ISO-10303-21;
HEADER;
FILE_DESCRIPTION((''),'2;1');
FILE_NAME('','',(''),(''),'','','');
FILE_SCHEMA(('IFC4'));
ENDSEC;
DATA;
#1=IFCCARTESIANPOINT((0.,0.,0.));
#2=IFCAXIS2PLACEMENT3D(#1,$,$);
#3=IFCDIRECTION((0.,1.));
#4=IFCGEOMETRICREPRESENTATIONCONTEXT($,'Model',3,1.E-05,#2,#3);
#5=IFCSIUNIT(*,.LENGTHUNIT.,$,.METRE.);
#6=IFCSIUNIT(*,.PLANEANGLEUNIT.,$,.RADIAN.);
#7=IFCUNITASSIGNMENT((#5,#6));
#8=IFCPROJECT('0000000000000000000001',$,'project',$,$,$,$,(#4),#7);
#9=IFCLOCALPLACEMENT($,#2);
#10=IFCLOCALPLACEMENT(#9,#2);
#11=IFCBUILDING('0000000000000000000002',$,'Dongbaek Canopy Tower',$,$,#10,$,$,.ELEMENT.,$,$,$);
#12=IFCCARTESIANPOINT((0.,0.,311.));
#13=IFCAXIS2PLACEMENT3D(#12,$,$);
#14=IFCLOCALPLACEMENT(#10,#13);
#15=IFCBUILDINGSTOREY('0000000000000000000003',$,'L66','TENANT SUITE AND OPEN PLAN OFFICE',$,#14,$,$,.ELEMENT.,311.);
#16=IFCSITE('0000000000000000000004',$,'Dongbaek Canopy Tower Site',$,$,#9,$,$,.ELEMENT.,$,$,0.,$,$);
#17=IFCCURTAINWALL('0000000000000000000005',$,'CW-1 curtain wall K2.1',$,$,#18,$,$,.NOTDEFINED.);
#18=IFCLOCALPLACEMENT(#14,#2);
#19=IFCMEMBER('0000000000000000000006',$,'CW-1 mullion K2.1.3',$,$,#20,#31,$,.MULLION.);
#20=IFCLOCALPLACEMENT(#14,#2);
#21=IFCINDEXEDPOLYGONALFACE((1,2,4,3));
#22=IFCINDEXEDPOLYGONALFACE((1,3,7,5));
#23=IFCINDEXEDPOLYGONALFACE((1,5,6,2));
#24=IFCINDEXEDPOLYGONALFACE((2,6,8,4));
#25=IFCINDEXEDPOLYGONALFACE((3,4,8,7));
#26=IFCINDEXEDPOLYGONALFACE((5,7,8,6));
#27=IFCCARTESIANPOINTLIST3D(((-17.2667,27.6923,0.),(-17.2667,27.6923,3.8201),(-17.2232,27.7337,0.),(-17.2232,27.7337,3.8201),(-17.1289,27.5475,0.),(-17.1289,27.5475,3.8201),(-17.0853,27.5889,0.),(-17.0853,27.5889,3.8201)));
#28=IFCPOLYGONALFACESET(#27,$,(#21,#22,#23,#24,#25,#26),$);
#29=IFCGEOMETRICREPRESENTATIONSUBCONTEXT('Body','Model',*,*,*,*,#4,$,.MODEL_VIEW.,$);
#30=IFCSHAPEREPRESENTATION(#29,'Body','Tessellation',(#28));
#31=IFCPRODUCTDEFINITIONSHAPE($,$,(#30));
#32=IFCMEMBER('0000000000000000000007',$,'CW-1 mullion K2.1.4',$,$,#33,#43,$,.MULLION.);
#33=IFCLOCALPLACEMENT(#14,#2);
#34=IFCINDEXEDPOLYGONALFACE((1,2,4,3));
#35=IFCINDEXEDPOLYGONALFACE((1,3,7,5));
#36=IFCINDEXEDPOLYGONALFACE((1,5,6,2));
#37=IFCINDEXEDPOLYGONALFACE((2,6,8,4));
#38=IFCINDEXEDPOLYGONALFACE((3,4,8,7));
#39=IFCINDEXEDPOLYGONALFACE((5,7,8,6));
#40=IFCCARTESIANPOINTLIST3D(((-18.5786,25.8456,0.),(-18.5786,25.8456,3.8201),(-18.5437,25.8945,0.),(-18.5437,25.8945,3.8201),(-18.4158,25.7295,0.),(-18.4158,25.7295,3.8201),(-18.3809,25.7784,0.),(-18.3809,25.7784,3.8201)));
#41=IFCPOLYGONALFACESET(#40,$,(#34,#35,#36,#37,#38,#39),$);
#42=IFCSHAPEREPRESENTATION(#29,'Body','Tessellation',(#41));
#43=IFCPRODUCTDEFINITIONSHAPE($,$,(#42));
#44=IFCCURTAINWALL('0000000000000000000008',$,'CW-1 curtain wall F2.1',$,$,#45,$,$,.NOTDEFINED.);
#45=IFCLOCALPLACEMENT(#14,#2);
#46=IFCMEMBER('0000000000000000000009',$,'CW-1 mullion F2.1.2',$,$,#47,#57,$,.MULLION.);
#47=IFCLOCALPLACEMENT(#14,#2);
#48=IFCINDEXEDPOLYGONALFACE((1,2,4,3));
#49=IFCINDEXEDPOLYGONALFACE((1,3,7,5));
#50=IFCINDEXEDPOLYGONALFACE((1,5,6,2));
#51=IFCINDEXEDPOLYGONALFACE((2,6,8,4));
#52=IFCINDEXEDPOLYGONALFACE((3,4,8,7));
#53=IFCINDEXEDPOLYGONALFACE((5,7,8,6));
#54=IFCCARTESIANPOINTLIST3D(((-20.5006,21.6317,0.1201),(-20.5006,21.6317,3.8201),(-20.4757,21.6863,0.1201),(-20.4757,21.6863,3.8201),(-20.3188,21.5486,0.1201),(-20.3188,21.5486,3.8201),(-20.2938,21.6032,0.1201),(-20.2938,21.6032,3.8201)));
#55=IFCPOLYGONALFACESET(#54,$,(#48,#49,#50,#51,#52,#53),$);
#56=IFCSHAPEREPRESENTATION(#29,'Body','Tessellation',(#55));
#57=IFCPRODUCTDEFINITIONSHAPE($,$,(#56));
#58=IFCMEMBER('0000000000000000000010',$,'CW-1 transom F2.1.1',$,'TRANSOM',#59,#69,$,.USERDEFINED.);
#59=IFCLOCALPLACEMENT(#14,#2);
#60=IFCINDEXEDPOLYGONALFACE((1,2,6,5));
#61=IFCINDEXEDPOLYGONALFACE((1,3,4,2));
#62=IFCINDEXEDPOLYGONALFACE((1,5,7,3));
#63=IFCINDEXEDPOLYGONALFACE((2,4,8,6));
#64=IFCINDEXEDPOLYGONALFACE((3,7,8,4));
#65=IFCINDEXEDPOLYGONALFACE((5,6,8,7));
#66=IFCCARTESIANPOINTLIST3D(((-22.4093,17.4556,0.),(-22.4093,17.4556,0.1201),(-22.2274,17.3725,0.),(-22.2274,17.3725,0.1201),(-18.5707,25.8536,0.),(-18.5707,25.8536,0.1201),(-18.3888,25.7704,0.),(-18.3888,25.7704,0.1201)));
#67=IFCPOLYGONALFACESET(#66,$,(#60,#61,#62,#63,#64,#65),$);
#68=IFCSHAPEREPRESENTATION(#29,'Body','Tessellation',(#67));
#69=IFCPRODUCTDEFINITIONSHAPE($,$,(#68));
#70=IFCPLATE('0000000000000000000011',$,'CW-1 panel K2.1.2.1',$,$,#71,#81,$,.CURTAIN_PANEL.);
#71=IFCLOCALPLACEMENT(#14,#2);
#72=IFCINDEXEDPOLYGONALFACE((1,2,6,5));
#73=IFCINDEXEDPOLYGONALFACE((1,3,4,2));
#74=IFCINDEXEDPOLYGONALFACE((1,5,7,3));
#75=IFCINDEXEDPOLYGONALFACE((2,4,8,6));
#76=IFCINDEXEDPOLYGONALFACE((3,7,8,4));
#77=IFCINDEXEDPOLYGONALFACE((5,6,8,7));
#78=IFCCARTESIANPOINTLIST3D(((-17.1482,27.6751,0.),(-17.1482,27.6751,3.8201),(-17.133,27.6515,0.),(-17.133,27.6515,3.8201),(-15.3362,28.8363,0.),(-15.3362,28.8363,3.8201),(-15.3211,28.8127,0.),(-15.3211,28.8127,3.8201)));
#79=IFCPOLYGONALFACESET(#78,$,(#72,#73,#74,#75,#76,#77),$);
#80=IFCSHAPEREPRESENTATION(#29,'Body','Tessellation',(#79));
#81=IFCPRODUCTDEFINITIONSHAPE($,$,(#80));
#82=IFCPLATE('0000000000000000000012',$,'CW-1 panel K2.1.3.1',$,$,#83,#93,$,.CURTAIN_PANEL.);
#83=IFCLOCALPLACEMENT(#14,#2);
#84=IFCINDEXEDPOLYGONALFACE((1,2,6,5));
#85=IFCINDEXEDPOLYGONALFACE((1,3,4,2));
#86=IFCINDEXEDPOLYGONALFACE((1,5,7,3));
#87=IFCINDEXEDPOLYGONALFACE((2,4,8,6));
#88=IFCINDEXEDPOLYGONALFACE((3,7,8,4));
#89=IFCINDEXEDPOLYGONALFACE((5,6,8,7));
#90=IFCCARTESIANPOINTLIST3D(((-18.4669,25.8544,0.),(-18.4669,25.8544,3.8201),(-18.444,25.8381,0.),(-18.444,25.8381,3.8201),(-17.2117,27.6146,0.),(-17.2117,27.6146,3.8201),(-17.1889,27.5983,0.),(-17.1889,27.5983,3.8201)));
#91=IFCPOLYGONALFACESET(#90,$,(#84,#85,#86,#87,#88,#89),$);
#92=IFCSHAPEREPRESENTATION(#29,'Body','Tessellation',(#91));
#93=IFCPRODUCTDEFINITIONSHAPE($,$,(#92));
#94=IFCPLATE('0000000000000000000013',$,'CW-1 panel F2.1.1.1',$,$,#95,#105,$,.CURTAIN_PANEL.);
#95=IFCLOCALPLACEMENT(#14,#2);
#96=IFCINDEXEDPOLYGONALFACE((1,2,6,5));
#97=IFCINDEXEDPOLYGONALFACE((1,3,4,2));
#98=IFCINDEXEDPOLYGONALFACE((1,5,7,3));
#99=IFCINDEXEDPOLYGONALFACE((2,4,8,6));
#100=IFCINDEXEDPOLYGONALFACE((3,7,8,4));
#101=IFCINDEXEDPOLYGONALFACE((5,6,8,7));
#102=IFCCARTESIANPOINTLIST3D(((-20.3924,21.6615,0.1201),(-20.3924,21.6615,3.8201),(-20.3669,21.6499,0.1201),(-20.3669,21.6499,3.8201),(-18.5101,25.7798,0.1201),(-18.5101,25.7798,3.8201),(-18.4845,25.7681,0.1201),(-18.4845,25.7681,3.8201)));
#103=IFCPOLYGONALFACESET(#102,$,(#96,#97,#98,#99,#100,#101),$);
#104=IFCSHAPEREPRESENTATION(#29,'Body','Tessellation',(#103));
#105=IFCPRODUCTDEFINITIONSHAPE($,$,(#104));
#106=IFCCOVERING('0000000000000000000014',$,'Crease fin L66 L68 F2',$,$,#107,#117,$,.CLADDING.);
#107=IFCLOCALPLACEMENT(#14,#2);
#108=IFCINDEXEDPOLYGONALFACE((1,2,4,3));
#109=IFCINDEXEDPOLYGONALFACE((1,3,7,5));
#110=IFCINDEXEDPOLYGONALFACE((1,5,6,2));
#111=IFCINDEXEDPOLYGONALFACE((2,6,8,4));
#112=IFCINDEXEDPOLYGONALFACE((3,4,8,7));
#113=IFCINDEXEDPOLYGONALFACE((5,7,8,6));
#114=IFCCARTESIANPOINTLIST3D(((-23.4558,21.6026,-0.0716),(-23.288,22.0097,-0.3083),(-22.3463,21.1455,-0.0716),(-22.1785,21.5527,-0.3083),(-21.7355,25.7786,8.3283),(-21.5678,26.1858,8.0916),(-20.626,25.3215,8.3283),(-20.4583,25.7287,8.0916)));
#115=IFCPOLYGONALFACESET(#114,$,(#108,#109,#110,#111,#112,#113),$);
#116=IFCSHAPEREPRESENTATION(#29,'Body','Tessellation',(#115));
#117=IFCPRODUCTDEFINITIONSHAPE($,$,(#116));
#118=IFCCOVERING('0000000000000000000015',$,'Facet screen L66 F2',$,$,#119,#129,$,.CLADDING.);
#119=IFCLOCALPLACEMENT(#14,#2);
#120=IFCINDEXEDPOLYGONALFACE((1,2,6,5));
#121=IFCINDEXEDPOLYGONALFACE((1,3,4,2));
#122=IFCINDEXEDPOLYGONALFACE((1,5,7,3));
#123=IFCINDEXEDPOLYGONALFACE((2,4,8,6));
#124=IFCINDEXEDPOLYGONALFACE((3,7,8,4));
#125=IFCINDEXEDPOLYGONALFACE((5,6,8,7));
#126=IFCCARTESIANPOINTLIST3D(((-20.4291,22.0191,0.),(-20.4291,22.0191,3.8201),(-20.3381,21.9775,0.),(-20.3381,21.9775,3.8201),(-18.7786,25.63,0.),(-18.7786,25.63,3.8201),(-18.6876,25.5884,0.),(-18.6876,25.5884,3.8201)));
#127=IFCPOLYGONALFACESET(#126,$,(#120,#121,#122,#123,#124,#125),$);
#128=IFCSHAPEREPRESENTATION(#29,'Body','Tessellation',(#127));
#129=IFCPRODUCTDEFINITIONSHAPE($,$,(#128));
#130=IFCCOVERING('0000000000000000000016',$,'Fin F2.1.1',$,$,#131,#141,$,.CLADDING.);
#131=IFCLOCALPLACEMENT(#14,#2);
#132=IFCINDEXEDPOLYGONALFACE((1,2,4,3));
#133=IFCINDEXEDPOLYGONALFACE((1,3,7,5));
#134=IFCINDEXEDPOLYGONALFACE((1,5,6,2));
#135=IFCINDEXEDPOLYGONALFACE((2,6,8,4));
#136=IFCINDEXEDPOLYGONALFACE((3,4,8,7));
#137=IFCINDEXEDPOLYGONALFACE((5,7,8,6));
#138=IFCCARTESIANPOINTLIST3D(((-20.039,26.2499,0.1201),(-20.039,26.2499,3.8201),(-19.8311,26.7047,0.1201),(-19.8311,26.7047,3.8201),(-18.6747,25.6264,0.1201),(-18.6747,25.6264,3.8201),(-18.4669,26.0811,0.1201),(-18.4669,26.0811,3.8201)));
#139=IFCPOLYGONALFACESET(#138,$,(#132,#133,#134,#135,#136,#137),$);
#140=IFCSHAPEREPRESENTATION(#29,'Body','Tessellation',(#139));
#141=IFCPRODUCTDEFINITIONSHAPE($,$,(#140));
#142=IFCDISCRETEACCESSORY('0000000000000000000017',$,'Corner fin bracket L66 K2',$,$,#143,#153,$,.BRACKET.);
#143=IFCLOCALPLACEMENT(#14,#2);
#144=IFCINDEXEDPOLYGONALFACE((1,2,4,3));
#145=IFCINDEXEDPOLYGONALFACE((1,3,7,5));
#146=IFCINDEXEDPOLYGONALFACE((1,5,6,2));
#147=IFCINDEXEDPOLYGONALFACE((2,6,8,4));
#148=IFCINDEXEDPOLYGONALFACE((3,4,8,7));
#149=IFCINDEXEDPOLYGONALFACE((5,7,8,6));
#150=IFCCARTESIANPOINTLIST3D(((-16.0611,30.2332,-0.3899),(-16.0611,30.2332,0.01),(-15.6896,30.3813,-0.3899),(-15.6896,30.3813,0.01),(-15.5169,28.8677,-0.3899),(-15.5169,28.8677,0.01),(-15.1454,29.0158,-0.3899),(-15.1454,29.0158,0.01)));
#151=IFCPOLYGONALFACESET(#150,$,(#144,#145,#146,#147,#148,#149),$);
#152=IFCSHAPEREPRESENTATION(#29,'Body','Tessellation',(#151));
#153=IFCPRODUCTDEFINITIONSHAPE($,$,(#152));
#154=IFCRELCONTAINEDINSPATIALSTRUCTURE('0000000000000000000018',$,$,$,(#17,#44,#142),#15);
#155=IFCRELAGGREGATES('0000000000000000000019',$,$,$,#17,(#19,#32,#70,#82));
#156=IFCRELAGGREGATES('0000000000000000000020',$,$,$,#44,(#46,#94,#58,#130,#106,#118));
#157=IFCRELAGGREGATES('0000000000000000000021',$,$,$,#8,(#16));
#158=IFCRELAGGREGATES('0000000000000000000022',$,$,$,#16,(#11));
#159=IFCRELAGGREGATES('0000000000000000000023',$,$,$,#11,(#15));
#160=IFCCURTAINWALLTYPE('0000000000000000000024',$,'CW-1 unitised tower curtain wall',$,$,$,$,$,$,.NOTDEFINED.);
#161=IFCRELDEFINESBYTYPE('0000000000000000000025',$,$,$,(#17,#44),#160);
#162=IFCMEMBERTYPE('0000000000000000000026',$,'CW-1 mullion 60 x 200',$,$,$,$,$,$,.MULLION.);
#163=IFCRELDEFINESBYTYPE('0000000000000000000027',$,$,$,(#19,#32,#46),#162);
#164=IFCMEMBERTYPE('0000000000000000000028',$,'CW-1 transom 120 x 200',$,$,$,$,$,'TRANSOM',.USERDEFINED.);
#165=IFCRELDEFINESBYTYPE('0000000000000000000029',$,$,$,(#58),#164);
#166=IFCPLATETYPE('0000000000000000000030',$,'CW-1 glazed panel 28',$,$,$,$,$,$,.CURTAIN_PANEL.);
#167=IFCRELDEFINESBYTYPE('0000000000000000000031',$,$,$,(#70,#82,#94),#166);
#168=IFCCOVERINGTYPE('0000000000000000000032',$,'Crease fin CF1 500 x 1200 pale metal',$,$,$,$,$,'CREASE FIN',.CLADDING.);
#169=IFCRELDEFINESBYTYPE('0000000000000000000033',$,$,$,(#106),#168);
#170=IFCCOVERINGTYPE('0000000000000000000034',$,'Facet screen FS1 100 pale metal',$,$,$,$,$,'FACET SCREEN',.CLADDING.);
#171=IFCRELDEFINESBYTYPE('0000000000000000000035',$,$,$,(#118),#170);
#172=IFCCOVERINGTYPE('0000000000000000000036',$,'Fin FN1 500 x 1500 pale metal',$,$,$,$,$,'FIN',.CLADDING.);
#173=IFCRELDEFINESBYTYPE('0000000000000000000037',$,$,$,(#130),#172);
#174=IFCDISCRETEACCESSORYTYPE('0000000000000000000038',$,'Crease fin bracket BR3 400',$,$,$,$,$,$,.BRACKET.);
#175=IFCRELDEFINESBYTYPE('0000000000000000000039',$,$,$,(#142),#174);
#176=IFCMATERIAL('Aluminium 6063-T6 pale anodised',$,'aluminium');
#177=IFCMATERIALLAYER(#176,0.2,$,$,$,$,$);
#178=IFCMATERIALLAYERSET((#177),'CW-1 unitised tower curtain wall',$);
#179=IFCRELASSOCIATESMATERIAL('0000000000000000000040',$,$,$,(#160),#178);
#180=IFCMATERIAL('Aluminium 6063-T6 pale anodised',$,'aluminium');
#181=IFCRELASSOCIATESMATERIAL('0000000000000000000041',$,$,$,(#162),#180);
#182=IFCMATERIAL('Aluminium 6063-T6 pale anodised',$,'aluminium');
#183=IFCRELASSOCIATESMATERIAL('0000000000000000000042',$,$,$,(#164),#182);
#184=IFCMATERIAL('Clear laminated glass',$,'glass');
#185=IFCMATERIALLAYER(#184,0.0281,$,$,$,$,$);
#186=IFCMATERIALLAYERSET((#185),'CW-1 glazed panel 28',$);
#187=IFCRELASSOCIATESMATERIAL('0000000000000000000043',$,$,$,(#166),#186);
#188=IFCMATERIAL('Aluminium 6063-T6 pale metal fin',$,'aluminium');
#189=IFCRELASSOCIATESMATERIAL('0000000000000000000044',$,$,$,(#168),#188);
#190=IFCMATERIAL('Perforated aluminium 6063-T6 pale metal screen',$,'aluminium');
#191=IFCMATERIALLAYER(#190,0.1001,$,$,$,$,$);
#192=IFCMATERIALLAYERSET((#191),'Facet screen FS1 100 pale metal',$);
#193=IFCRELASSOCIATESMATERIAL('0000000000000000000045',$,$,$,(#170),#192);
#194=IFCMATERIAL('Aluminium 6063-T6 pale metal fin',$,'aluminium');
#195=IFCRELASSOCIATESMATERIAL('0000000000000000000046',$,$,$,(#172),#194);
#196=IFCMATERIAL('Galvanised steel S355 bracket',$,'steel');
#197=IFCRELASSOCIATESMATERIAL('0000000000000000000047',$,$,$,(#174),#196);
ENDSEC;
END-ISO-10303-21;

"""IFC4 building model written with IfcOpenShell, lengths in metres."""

from ifc_helpers import new_model, si_unit, direction, frame, origin, origin_2d, place, context, subcontext, project, spatial, rectangle, extrude, material, layer, layer_set, material_profile, profile_set, type_object, element, aggregate, save


model = new_model("IFC4")

# Units and contexts
model_context = context("Model", 3, precision=1e-05, world=origin(), true_north=direction((0.0, 1.0)))
body_context = subcontext(model_context, "Body", "Model", "MODEL_VIEW")
ifc_project = project(units=[si_unit("LENGTHUNIT", "METRE"), si_unit("PLANEANGLEUNIT", "RADIAN")], contexts=[model_context])

# Site, building, storey
site_placement = place(None, origin())
site = spatial("IfcSite", under=ifc_project, at=site_placement, Name="Dongbaek Canopy Tower Site", CompositionType="ELEMENT", RefElevation=0.0)
building_placement = place(site_placement, origin())
building = spatial("IfcBuilding", under=site, at=building_placement, Name="Dongbaek Canopy Tower", CompositionType="ELEMENT")
storey_placement = place(building_placement, frame((0.0, 0.0, 311.0)))
storey = spatial("IfcBuildingStorey", under=building, at=storey_placement, Name="L66", Description="TENANT SUITE AND OPEN PLAN OFFICE", CompositionType="ELEMENT", Elevation=311.0)

# Curtain walls, members
ifc_material_1 = material(Name="Aluminium 6063-T6 pale anodised", Category="aluminium")
ifc_layer_1 = layer(ifc_material_1, 0.2)
ifc_layer_set_1 = layer_set([ifc_layer_1], Name="CW-1 unitised tower curtain wall")
curtain_wall_type = type_object("IfcCurtainWallType", Name="CW-1 unitised tower curtain wall", PredefinedType="NOTDEFINED", material=ifc_layer_set_1)
curtain_wall_1_placement = place(storey_placement, origin())
curtain_wall_1 = element("IfcCurtainWall", 1, at=curtain_wall_1_placement, inside=storey, type_object=curtain_wall_type, Name="CW-1 curtain wall K2.1", PredefinedType="NOTDEFINED")
ifc_material_2 = material(Name="Aluminium 6063-T6 pale anodised", Category="aluminium")
ifc_material_profile_1 = material_profile(ifc_material_2, rectangle(XDim=0.2, YDim=0.0601, at=origin_2d()), Name="CW-1 mullion 60 x 200")
ifc_profile_set_1 = profile_set([ifc_material_profile_1], Name="Aluminium 6063-T6 pale anodised")
member_type_1 = type_object("IfcMemberType", Name="CW-1 mullion 60 x 200", PredefinedType="MULLION", material=ifc_profile_set_1)
member_1_placement = place(storey_placement, frame((-17.176, 27.6406, 0.0), z_axis=(0.0, 0.0, 1.0), x_axis=(-0.689395, 0.724386, 0.0)))
member_1 = element("IfcMember", 2, at=member_1_placement, type_object=member_type_1, Name="CW-1 mullion K2.1.3", PredefinedType="MULLION", context=body_context, shape_type="SweptSolid", body=[
    extrude(rectangle(XDim=0.2, YDim=0.0601, at=origin_2d()), origin(), (0.0, 0.0, 1.0), 3.8201),
])
member_2_placement = place(storey_placement, frame((-18.4797, 25.812, 0.0), z_axis=(0.0, 0.0, 1.0), x_axis=(-0.814207, 0.580575, 0.0)))
member_2 = element("IfcMember", 3, at=member_2_placement, type_object=member_type_1, Name="CW-1 mullion K2.1.4", PredefinedType="MULLION", context=body_context, shape_type="SweptSolid", body=[
    extrude(rectangle(XDim=0.2, YDim=0.0601, at=origin_2d()), origin(), (0.0, 0.0, 1.0), 3.8201),
])
curtain_wall_2_placement = place(storey_placement, origin())
curtain_wall_2 = element("IfcCurtainWall", 4, at=curtain_wall_2_placement, inside=storey, type_object=curtain_wall_type, Name="CW-1 curtain wall F2.1", PredefinedType="NOTDEFINED")
member_3_placement = place(storey_placement, frame((-20.3972, 21.6174, 0.1201), z_axis=(0.0, 0.0, 1.0), x_axis=(-0.909496, 0.415713, 0.0)))
member_3 = element("IfcMember", 5, at=member_3_placement, type_object=member_type_1, Name="CW-1 mullion F2.1.2", PredefinedType="MULLION", context=body_context, shape_type="SweptSolid", body=[
    extrude(rectangle(XDim=0.2, YDim=0.0601, at=origin_2d()), origin(), (0.0, 0.0, 1.0), 3.7),
])
ifc_material_3 = material(Name="Aluminium 6063-T6 pale anodised", Category="aluminium")
ifc_material_profile_2 = material_profile(ifc_material_3, rectangle(XDim=0.2, YDim=0.1201, at=origin_2d()), Name="CW-1 transom 120 x 200")
ifc_profile_set_2 = profile_set([ifc_material_profile_2], Name="Aluminium 6063-T6 pale anodised")
member_type_2 = type_object("IfcMemberType", Name="CW-1 transom 120 x 200", ElementType="TRANSOM", PredefinedType="USERDEFINED", material=ifc_profile_set_2)
member_4_placement = place(storey_placement, frame((-18.4797, 25.812, 0.0601), z_axis=(-0.41572, -0.909492, 0.0), x_axis=(0.909492, -0.41572, 0.0)))
member_4 = element("IfcMember", 6, at=member_4_placement, type_object=member_type_2, Name="CW-1 transom F2.1.1", ObjectType="TRANSOM", PredefinedType="USERDEFINED", context=body_context, shape_type="SweptSolid", body=[
    extrude(rectangle(XDim=0.2, YDim=0.1201, at=origin_2d()), origin(), (0.0, 0.0, 1.0), 9.2336),
])

# Plates
ifc_material_4 = material(Name="Clear laminated glass", Category="glass")
ifc_layer_2 = layer(ifc_material_4, 0.0281)
ifc_layer_set_2 = layer_set([ifc_layer_2], Name="CW-1 glazed panel 28")
plate_type = type_object("IfcPlateType", Name="CW-1 glazed panel 28", PredefinedType="CURTAIN_PANEL", material=ifc_layer_set_2)
plate_1_placement = place(storey_placement, frame((-16.2346, 28.2439, 0.0), z_axis=(0.0, 0.0, 1.0), x_axis=(-0.841931, -0.539586, 0.0)))
plate_1 = element("IfcPlate", 7, at=plate_1_placement, type_object=plate_type, Name="CW-1 panel K2.1.2.1", PredefinedType="CURTAIN_PANEL", context=body_context, shape_type="SweptSolid", body=[
    extrude(rectangle(XDim=2.1521, YDim=0.0281, at=origin_2d()), origin(), (0.0, 0.0, 1.0), 3.8201),
])
plate_2_placement = place(storey_placement, frame((-17.8279, 26.7263, 0.0), z_axis=(0.0, 0.0, 1.0), x_axis=(-0.580575, -0.814207, 0.0)))
plate_2 = element("IfcPlate", 8, at=plate_2_placement, type_object=plate_type, Name="CW-1 panel K2.1.3.1", PredefinedType="CURTAIN_PANEL", context=body_context, shape_type="SweptSolid", body=[
    extrude(rectangle(XDim=2.1619, YDim=0.0281, at=origin_2d()), origin(), (0.0, 0.0, 1.0), 3.8201),
])
aggregate(curtain_wall_1, [member_1, member_2, plate_1, plate_2])
plate_3_placement = place(storey_placement, frame((-19.4385, 23.7148, 0.1201), z_axis=(0.0, 0.0, 1.0), x_axis=(-0.415713, -0.909496, 0.0)))
plate_3 = element("IfcPlate", 9, at=plate_3_placement, type_object=plate_type, Name="CW-1 panel F2.1.1.1", PredefinedType="CURTAIN_PANEL", context=body_context, shape_type="SweptSolid", body=[
    extrude(rectangle(XDim=4.5281, YDim=0.0281, at=origin_2d()), origin(), (0.0, 0.0, 1.0), 3.7),
])

# Coverings
ifc_material_5 = material(Name="Aluminium 6063-T6 pale metal fin", Category="aluminium")
ifc_material_profile_3 = material_profile(ifc_material_5, rectangle(XDim=1.2, YDim=0.5, at=origin_2d()), Name="Crease fin CF1 500 x 1200 pale metal")
ifc_profile_set_3 = profile_set([ifc_material_profile_3], Name="Aluminium 6063-T6 pale metal fin")
covering_type_1 = type_object("IfcCoveringType", Name="Crease fin CF1 500 x 1200 pale metal", ElementType="CREASE FIN", PredefinedType="CLADDING", material=ifc_profile_set_3)
covering_1_placement = place(storey_placement, frame((-22.8171, 21.5776, -0.1899), z_axis=(0.18037, 0.437871, 0.880759), x_axis=(-0.924625, 0.380878, 0.0)))
covering_1 = element("IfcCovering", 10, at=covering_1_placement, type_object=covering_type_1, Name="Crease fin L66 L68 F2", PredefinedType="CLADDING", context=body_context, shape_type="SweptSolid", body=[
    extrude(rectangle(XDim=1.2, YDim=0.5, at=origin_2d()), origin(), (0.0, 0.0, 1.0), 9.5371),
])
ifc_material_6 = material(Name="Perforated aluminium 6063-T6 pale metal screen", Category="aluminium")
ifc_layer_3 = layer(ifc_material_6, 0.1001)
ifc_layer_set_3 = layer_set([ifc_layer_3], Name="Facet screen FS1 100 pale metal")
covering_type_2 = type_object("IfcCoveringType", Name="Facet screen FS1 100 pale metal", ElementType="FACET SCREEN", PredefinedType="CLADDING", material=ifc_layer_set_3)
covering_2_placement = place(storey_placement, frame((-19.5583, 23.8037, 0.0), z_axis=(0.0, 0.0, 1.0), x_axis=(-0.415713, -0.909496, 0.0)))
covering_2 = element("IfcCovering", 11, at=covering_2_placement, type_object=covering_type_2, Name="Facet screen L66 F2", PredefinedType="CLADDING", context=body_context, shape_type="SweptSolid", body=[
    extrude(rectangle(XDim=3.9702, YDim=0.1001, at=origin_2d()), origin(), (0.0, 0.0, 1.0), 3.8201),
])
ifc_material_7 = material(Name="Aluminium 6063-T6 pale metal fin", Category="aluminium")
ifc_material_profile_4 = material_profile(ifc_material_7, rectangle(XDim=1.5, YDim=0.5, at=origin_2d()), Name="Fin FN1 500 x 1500 pale metal")
ifc_profile_set_4 = profile_set([ifc_material_profile_4], Name="Aluminium 6063-T6 pale metal fin")
covering_type_3 = type_object("IfcCoveringType", Name="Fin FN1 500 x 1500 pale metal", ElementType="FIN", PredefinedType="CLADDING", material=ifc_profile_set_4)
covering_3_placement = place(storey_placement, frame((-19.2529, 26.1655, 0.1201), z_axis=(0.0, 0.0, 1.0), x_axis=(-0.909496, 0.415713, 0.0)))
covering_3 = element("IfcCovering", 12, at=covering_3_placement, type_object=covering_type_3, Name="Fin F2.1.1", PredefinedType="CLADDING", context=body_context, shape_type="SweptSolid", body=[
    extrude(rectangle(XDim=1.5, YDim=0.5, at=origin_2d()), origin(), (0.0, 0.0, 1.0), 3.7),
])
aggregate(curtain_wall_2, [member_3, plate_3, member_4, covering_3, covering_1, covering_2])

# Discrete accessory
ifc_material_8 = material(Name="Galvanised steel S355 bracket", Category="steel")
discrete_accessory_type = type_object("IfcDiscreteAccessoryType", Name="Crease fin bracket BR3 400", PredefinedType="BRACKET", material=ifc_material_8)
discrete_accessory_placement = place(storey_placement, frame((-15.6033, 29.6245, -0.3899), z_axis=(0.0, 0.0, 1.0), x_axis=(-0.370212, 0.928947, 0.0)))
element("IfcDiscreteAccessory", 13, at=discrete_accessory_placement, inside=storey, type_object=discrete_accessory_type, Name="Corner fin bracket L66 K2", PredefinedType="BRACKET", context=body_context, shape_type="SweptSolid", body=[
    extrude(rectangle(XDim=1.47, YDim=0.3999, at=origin_2d()), origin(), (0.0, 0.0, 1.0), 0.3999),
])

save(model, "model.ifc")
